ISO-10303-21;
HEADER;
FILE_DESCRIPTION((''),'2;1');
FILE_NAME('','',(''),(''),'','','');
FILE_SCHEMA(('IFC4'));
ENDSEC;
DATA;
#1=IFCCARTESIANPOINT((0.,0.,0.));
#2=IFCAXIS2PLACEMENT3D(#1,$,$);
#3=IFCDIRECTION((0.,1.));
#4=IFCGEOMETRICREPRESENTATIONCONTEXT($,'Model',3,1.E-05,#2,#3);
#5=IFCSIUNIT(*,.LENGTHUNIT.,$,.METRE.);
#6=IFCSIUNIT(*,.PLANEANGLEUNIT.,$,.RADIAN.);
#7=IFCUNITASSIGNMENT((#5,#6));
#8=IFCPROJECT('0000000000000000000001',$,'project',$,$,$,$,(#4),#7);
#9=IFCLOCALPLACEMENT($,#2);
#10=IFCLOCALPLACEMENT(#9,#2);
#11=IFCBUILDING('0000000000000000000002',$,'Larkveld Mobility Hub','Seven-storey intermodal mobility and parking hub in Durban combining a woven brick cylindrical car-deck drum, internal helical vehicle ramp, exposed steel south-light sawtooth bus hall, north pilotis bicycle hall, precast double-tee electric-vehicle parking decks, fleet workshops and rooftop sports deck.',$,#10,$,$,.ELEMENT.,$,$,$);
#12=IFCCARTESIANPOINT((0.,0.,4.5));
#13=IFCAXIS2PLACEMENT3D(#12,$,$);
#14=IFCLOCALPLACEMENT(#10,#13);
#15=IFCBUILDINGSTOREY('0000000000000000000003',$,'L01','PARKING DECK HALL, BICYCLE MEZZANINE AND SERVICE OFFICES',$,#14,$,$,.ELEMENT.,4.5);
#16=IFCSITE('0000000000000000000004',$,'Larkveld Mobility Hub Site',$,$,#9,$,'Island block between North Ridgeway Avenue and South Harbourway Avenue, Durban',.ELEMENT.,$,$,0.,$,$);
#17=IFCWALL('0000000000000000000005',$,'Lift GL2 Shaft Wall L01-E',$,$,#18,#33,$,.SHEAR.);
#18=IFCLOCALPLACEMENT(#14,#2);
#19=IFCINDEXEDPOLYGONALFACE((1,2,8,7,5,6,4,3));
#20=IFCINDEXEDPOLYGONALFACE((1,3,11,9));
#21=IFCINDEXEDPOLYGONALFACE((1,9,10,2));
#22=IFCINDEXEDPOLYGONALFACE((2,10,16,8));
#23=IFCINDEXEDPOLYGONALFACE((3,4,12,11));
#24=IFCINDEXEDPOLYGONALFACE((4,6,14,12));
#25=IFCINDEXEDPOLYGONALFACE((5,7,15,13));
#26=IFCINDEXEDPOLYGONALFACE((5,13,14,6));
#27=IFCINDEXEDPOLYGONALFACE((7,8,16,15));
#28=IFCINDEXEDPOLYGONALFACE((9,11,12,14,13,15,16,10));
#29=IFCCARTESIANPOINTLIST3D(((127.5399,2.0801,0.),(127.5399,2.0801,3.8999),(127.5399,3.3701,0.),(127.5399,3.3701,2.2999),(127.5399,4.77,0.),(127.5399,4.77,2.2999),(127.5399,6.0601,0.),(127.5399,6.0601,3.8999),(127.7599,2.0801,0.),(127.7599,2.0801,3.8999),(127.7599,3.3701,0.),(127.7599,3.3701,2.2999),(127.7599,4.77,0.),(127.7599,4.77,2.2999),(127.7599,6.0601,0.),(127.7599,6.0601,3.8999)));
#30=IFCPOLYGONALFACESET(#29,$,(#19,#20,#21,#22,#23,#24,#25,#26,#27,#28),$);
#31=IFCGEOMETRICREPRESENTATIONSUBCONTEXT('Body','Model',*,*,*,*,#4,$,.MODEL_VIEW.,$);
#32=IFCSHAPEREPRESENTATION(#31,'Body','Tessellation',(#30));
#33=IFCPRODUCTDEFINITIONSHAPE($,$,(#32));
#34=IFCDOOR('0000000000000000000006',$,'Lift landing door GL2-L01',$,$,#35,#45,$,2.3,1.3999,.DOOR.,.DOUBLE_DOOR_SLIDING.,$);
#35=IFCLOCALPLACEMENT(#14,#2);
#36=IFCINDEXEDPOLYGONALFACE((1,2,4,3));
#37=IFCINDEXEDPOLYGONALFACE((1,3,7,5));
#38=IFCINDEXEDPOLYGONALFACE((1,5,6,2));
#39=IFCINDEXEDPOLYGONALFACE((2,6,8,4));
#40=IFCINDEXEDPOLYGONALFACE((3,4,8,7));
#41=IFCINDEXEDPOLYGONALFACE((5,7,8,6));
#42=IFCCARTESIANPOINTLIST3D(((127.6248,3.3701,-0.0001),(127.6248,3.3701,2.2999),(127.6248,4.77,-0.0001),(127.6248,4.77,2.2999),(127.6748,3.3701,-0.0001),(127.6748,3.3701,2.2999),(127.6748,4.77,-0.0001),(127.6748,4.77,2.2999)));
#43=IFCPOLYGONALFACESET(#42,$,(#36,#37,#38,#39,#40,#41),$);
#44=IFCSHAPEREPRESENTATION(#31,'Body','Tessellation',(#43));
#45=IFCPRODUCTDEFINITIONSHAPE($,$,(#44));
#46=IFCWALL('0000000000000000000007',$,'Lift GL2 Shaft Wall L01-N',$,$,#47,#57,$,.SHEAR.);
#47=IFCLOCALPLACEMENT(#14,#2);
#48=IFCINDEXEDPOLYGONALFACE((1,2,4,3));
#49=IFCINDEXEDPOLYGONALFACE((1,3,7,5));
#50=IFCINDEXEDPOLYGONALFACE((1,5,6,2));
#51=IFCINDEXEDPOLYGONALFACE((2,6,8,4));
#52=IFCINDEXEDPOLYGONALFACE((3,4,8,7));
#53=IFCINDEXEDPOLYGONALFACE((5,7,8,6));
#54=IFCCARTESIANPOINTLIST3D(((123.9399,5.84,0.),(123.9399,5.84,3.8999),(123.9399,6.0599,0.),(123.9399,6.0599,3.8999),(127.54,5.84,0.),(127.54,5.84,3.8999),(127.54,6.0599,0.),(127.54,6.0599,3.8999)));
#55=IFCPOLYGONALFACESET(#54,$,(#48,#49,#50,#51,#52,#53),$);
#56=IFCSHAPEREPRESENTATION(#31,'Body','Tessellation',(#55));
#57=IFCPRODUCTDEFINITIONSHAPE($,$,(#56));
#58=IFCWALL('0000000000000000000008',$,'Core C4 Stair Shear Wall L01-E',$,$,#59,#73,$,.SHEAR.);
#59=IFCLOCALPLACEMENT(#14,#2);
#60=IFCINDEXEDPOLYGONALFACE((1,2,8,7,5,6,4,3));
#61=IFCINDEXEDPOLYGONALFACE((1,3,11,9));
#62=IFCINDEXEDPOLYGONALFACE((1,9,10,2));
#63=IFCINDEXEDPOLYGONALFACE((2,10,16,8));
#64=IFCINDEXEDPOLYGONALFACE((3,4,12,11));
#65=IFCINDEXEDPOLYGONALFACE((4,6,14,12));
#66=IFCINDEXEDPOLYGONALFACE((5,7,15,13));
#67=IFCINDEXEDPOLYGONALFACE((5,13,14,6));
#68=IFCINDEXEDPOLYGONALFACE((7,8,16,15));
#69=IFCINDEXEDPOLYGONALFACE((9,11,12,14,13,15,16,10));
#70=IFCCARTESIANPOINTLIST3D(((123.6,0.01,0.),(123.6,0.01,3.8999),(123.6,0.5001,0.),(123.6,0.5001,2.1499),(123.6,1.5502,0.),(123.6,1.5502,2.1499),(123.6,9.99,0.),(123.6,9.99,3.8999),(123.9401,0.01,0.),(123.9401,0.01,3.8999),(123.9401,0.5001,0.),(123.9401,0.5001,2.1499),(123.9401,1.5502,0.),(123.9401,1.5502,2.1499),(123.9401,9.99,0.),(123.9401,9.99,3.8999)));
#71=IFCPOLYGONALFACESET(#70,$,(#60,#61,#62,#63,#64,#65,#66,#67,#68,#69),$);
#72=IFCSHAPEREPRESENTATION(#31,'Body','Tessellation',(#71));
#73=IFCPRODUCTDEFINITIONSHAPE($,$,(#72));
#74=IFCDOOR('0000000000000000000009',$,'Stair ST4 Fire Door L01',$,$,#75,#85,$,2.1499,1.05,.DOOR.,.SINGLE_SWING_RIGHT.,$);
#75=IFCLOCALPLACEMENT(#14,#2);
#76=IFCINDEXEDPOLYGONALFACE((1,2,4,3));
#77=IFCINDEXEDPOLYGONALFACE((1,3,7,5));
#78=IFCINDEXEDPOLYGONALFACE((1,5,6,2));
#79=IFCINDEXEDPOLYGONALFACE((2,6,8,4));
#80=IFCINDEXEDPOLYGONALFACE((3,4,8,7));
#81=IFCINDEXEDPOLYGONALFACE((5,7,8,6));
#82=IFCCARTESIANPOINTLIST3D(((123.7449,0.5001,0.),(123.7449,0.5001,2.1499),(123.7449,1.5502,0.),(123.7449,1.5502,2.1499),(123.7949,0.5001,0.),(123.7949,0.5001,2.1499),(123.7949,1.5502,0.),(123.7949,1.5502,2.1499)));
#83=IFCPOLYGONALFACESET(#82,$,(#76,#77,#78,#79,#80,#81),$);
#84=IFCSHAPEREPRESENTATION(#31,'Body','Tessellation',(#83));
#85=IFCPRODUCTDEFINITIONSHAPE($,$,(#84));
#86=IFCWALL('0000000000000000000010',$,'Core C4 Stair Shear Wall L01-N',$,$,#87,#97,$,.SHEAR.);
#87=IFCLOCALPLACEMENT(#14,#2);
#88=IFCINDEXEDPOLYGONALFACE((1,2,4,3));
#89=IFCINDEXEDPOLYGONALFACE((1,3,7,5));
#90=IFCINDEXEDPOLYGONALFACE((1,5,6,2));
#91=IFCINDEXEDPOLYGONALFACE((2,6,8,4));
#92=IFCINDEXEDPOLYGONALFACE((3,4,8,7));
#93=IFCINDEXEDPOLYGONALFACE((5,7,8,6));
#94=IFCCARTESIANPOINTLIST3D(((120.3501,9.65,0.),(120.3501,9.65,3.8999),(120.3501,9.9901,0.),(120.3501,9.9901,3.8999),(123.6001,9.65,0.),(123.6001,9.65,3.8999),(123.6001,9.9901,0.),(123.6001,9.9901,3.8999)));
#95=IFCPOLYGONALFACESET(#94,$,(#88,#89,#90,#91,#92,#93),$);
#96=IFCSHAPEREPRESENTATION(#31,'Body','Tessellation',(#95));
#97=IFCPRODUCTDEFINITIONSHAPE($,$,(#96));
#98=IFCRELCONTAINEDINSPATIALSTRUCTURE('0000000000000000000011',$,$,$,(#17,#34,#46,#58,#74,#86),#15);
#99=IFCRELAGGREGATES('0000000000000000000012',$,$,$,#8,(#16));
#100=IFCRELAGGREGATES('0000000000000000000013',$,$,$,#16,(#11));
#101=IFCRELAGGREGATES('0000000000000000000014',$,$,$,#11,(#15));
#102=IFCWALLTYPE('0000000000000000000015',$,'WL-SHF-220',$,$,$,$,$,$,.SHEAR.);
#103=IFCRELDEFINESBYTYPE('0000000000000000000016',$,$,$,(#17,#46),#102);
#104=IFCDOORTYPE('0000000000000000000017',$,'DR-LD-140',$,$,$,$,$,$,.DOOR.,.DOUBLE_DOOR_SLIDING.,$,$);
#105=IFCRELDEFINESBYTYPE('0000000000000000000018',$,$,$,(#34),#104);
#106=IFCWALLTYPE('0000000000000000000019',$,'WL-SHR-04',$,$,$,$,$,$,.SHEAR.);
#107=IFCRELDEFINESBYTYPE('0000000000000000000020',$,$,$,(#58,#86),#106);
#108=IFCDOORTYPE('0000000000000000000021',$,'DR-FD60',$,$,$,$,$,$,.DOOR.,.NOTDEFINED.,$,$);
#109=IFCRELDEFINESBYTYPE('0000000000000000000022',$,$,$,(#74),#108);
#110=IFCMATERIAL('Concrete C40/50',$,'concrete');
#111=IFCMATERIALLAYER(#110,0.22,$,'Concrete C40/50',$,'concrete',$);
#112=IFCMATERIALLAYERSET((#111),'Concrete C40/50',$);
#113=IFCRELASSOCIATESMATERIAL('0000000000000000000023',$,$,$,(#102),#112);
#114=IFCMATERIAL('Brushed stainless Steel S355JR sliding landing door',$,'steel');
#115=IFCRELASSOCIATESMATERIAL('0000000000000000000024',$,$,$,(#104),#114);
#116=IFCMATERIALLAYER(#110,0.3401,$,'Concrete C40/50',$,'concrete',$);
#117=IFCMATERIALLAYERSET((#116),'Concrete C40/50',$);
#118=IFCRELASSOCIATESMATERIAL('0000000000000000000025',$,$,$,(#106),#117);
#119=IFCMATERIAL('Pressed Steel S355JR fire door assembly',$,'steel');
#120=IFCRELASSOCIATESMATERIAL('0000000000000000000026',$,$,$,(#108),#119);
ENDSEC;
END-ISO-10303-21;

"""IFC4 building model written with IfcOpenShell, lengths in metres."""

from ifc_helpers import new_model, si_unit, direction, frame, frame_2d, origin, place, context, subcontext, project, spatial, rectangle, extrude, material, layer, layer_set, type_object, element, fill, save


model = new_model("IFC4")

# Units and contexts
model_context = context("Model", 3, precision=1e-05, world=origin(), true_north=direction((0.0, 1.0)))
body_context = subcontext(model_context, "Body", "Model", "MODEL_VIEW")
ifc_project = project(units=[si_unit("LENGTHUNIT", "METRE"), si_unit("PLANEANGLEUNIT", "RADIAN")], contexts=[model_context])

# Site, building, storey
site_placement = place(None, origin())
site = spatial("IfcSite", under=ifc_project, at=site_placement, Name="Larkveld Mobility Hub Site", LongName="Island block between North Ridgeway Avenue and South Harbourway Avenue, Durban", CompositionType="ELEMENT", RefElevation=0.0)
building_placement = place(site_placement, origin())
building = spatial("IfcBuilding", under=site, at=building_placement, Name="Larkveld Mobility Hub", Description="Seven-storey intermodal mobility and parking hub in Durban combining a woven brick cylindrical car-deck drum, internal helical vehicle ramp, exposed steel south-light sawtooth bus hall, north pilotis bicycle hall, precast double-tee electric-vehicle parking decks, fleet workshops and rooftop sports deck.", CompositionType="ELEMENT")
storey_placement = place(building_placement, frame((0.0, 0.0, 4.5)))
storey = spatial("IfcBuildingStorey", under=building, at=storey_placement, Name="L01", Description="PARKING DECK HALL, BICYCLE MEZZANINE AND SERVICE OFFICES", CompositionType="ELEMENT", Elevation=4.5)

# Shared definitions
ifc_material_1 = material(Name="Concrete C40/50", Category="concrete")

# Shared definitions
ifc_layer_1 = layer(ifc_material_1, 0.22, Name="Concrete C40/50", Category="concrete")
ifc_layer_set_1 = layer_set([ifc_layer_1], Name="Concrete C40/50")
wall_type_1 = type_object("IfcWallType", Name="WL-SHF-220", PredefinedType="SHEAR", material=ifc_layer_set_1)
ifc_material_2 = material(Name="Brushed stainless Steel S355JR sliding landing door", Category="steel")
door_type_1 = type_object("IfcDoorType", Name="DR-LD-140", OperationType="DOUBLE_DOOR_SLIDING", PredefinedType="DOOR", material=ifc_material_2)

# Wall, opening, door
wall_1_placement = place(storey_placement, frame((127.6499, 6.0601, 0.0), z_axis=(0.0, 0.0, 1.0), x_axis=(0.0, -1.0, 0.0)))
wall_1 = element("IfcWall", 1, at=wall_1_placement, inside=storey, type_object=wall_type_1, Name="Lift GL2 Shaft Wall L01-E", PredefinedType="SHEAR", context=body_context, shape_type="SweptSolid", body=[
    extrude(rectangle(XDim=3.98, YDim=0.22, at=frame_2d((1.99, 0.0))), origin(), (0.0, 0.0, 1.0), 3.8999),
])
opening_1_placement = place(wall_1_placement, frame((1.29, 0.0, 0.0)))
opening_1 = element("IfcOpeningElement", 2, at=opening_1_placement, cuts=wall_1, PredefinedType="OPENING", context=body_context, shape_type="SweptSolid", body=[
    extrude(rectangle(XDim=1.3999, YDim=2.3, at=frame_2d((0.7, 1.1499))), frame((0.0, 0.1201, 0.0), z_axis=(0.0, -1.0, 0.0), x_axis=(1.0, 0.0, 0.0)), (0.0, 0.0, 1.0), 0.24),
])
door_1_placement = place(opening_1_placement, origin())
door_1 = element("IfcDoor", 3, at=door_1_placement, inside=storey, type_object=door_type_1, Name="Lift landing door GL2-L01", OperationType="DOUBLE_DOOR_SLIDING", OverallHeight=2.3, OverallWidth=1.3999, PredefinedType="DOOR", context=body_context, shape_type="SweptSolid", body=[
    extrude(rectangle(XDim=1.3999, YDim=2.3, at=frame_2d((0.7, 1.1499))), frame((0.0, 0.0249, 0.0), z_axis=(0.0, -1.0, 0.0), x_axis=(1.0, 0.0, 0.0)), (0.0, 0.0, 1.0), 0.05),
])
fill(opening_1, door_1)

# Wall
wall_2_placement = place(storey_placement, frame((123.9399, 5.95, 0.0), z_axis=(0.0, 0.0, 1.0), x_axis=(1.0, 0.0, 0.0)))
element("IfcWall", 4, at=wall_2_placement, inside=storey, type_object=wall_type_1, Name="Lift GL2 Shaft Wall L01-N", PredefinedType="SHEAR", context=body_context, shape_type="SweptSolid", body=[
    extrude(rectangle(XDim=3.6001, YDim=0.22, at=frame_2d((1.8, 0.0))), origin(), (0.0, 0.0, 1.0), 3.8999),
])

# Wall, opening, door
ifc_layer_2 = layer(ifc_material_1, 0.3401, Name="Concrete C40/50", Category="concrete")
ifc_layer_set_2 = layer_set([ifc_layer_2], Name="Concrete C40/50")
wall_type_2 = type_object("IfcWallType", Name="WL-SHR-04", PredefinedType="SHEAR", material=ifc_layer_set_2)
wall_3_placement = place(storey_placement, frame((123.77, 9.99, 0.0), z_axis=(0.0, 0.0, 1.0), x_axis=(0.0, -1.0, 0.0)))
wall_3 = element("IfcWall", 5, at=wall_3_placement, inside=storey, type_object=wall_type_2, Name="Core C4 Stair Shear Wall L01-E", PredefinedType="SHEAR", context=body_context, shape_type="SweptSolid", body=[
    extrude(rectangle(XDim=9.98, YDim=0.3401, at=frame_2d((4.99, 0.0))), origin(), (0.0, 0.0, 1.0), 3.8999),
])
opening_2_placement = place(wall_3_placement, frame((8.4399, 0.0, 0.0)))
opening_2 = element("IfcOpeningElement", 6, at=opening_2_placement, cuts=wall_3, PredefinedType="OPENING", context=body_context, shape_type="SweptSolid", body=[
    extrude(rectangle(XDim=1.05, YDim=2.1499, at=frame_2d((0.5249, 1.075))), frame((0.0, 0.1802, 0.0), z_axis=(0.0, -1.0, 0.0), x_axis=(1.0, 0.0, 0.0)), (0.0, 0.0, 1.0), 0.3601),
])
ifc_material_3 = material(Name="Pressed Steel S355JR fire door assembly", Category="steel")
door_type_2 = type_object("IfcDoorType", Name="DR-FD60", OperationType="NOTDEFINED", PredefinedType="DOOR", material=ifc_material_3)
door_2_placement = place(opening_2_placement, origin())
door_2 = element("IfcDoor", 7, at=door_2_placement, inside=storey, type_object=door_type_2, Name="Stair ST4 Fire Door L01", OperationType="SINGLE_SWING_RIGHT", OverallHeight=2.1499, OverallWidth=1.05, PredefinedType="DOOR", context=body_context, shape_type="SweptSolid", body=[
    extrude(rectangle(XDim=1.05, YDim=2.1499, at=frame_2d((0.5249, 1.075))), frame((0.0, 0.0249, 0.0), z_axis=(0.0, -1.0, 0.0), x_axis=(1.0, 0.0, 0.0)), (0.0, 0.0, 1.0), 0.05),
])
fill(opening_2, door_2)

# Wall
wall_4_placement = place(storey_placement, frame((120.3501, 9.8201, 0.0), z_axis=(0.0, 0.0, 1.0), x_axis=(1.0, 0.0, 0.0)))
element("IfcWall", 8, at=wall_4_placement, inside=storey, type_object=wall_type_2, Name="Core C4 Stair Shear Wall L01-N", PredefinedType="SHEAR", context=body_context, shape_type="SweptSolid", body=[
    extrude(rectangle(XDim=3.25, YDim=0.3401, at=frame_2d((1.625, 0.0))), origin(), (0.0, 0.0, 1.0), 3.8999),
])

save(model, "model.ifc")
